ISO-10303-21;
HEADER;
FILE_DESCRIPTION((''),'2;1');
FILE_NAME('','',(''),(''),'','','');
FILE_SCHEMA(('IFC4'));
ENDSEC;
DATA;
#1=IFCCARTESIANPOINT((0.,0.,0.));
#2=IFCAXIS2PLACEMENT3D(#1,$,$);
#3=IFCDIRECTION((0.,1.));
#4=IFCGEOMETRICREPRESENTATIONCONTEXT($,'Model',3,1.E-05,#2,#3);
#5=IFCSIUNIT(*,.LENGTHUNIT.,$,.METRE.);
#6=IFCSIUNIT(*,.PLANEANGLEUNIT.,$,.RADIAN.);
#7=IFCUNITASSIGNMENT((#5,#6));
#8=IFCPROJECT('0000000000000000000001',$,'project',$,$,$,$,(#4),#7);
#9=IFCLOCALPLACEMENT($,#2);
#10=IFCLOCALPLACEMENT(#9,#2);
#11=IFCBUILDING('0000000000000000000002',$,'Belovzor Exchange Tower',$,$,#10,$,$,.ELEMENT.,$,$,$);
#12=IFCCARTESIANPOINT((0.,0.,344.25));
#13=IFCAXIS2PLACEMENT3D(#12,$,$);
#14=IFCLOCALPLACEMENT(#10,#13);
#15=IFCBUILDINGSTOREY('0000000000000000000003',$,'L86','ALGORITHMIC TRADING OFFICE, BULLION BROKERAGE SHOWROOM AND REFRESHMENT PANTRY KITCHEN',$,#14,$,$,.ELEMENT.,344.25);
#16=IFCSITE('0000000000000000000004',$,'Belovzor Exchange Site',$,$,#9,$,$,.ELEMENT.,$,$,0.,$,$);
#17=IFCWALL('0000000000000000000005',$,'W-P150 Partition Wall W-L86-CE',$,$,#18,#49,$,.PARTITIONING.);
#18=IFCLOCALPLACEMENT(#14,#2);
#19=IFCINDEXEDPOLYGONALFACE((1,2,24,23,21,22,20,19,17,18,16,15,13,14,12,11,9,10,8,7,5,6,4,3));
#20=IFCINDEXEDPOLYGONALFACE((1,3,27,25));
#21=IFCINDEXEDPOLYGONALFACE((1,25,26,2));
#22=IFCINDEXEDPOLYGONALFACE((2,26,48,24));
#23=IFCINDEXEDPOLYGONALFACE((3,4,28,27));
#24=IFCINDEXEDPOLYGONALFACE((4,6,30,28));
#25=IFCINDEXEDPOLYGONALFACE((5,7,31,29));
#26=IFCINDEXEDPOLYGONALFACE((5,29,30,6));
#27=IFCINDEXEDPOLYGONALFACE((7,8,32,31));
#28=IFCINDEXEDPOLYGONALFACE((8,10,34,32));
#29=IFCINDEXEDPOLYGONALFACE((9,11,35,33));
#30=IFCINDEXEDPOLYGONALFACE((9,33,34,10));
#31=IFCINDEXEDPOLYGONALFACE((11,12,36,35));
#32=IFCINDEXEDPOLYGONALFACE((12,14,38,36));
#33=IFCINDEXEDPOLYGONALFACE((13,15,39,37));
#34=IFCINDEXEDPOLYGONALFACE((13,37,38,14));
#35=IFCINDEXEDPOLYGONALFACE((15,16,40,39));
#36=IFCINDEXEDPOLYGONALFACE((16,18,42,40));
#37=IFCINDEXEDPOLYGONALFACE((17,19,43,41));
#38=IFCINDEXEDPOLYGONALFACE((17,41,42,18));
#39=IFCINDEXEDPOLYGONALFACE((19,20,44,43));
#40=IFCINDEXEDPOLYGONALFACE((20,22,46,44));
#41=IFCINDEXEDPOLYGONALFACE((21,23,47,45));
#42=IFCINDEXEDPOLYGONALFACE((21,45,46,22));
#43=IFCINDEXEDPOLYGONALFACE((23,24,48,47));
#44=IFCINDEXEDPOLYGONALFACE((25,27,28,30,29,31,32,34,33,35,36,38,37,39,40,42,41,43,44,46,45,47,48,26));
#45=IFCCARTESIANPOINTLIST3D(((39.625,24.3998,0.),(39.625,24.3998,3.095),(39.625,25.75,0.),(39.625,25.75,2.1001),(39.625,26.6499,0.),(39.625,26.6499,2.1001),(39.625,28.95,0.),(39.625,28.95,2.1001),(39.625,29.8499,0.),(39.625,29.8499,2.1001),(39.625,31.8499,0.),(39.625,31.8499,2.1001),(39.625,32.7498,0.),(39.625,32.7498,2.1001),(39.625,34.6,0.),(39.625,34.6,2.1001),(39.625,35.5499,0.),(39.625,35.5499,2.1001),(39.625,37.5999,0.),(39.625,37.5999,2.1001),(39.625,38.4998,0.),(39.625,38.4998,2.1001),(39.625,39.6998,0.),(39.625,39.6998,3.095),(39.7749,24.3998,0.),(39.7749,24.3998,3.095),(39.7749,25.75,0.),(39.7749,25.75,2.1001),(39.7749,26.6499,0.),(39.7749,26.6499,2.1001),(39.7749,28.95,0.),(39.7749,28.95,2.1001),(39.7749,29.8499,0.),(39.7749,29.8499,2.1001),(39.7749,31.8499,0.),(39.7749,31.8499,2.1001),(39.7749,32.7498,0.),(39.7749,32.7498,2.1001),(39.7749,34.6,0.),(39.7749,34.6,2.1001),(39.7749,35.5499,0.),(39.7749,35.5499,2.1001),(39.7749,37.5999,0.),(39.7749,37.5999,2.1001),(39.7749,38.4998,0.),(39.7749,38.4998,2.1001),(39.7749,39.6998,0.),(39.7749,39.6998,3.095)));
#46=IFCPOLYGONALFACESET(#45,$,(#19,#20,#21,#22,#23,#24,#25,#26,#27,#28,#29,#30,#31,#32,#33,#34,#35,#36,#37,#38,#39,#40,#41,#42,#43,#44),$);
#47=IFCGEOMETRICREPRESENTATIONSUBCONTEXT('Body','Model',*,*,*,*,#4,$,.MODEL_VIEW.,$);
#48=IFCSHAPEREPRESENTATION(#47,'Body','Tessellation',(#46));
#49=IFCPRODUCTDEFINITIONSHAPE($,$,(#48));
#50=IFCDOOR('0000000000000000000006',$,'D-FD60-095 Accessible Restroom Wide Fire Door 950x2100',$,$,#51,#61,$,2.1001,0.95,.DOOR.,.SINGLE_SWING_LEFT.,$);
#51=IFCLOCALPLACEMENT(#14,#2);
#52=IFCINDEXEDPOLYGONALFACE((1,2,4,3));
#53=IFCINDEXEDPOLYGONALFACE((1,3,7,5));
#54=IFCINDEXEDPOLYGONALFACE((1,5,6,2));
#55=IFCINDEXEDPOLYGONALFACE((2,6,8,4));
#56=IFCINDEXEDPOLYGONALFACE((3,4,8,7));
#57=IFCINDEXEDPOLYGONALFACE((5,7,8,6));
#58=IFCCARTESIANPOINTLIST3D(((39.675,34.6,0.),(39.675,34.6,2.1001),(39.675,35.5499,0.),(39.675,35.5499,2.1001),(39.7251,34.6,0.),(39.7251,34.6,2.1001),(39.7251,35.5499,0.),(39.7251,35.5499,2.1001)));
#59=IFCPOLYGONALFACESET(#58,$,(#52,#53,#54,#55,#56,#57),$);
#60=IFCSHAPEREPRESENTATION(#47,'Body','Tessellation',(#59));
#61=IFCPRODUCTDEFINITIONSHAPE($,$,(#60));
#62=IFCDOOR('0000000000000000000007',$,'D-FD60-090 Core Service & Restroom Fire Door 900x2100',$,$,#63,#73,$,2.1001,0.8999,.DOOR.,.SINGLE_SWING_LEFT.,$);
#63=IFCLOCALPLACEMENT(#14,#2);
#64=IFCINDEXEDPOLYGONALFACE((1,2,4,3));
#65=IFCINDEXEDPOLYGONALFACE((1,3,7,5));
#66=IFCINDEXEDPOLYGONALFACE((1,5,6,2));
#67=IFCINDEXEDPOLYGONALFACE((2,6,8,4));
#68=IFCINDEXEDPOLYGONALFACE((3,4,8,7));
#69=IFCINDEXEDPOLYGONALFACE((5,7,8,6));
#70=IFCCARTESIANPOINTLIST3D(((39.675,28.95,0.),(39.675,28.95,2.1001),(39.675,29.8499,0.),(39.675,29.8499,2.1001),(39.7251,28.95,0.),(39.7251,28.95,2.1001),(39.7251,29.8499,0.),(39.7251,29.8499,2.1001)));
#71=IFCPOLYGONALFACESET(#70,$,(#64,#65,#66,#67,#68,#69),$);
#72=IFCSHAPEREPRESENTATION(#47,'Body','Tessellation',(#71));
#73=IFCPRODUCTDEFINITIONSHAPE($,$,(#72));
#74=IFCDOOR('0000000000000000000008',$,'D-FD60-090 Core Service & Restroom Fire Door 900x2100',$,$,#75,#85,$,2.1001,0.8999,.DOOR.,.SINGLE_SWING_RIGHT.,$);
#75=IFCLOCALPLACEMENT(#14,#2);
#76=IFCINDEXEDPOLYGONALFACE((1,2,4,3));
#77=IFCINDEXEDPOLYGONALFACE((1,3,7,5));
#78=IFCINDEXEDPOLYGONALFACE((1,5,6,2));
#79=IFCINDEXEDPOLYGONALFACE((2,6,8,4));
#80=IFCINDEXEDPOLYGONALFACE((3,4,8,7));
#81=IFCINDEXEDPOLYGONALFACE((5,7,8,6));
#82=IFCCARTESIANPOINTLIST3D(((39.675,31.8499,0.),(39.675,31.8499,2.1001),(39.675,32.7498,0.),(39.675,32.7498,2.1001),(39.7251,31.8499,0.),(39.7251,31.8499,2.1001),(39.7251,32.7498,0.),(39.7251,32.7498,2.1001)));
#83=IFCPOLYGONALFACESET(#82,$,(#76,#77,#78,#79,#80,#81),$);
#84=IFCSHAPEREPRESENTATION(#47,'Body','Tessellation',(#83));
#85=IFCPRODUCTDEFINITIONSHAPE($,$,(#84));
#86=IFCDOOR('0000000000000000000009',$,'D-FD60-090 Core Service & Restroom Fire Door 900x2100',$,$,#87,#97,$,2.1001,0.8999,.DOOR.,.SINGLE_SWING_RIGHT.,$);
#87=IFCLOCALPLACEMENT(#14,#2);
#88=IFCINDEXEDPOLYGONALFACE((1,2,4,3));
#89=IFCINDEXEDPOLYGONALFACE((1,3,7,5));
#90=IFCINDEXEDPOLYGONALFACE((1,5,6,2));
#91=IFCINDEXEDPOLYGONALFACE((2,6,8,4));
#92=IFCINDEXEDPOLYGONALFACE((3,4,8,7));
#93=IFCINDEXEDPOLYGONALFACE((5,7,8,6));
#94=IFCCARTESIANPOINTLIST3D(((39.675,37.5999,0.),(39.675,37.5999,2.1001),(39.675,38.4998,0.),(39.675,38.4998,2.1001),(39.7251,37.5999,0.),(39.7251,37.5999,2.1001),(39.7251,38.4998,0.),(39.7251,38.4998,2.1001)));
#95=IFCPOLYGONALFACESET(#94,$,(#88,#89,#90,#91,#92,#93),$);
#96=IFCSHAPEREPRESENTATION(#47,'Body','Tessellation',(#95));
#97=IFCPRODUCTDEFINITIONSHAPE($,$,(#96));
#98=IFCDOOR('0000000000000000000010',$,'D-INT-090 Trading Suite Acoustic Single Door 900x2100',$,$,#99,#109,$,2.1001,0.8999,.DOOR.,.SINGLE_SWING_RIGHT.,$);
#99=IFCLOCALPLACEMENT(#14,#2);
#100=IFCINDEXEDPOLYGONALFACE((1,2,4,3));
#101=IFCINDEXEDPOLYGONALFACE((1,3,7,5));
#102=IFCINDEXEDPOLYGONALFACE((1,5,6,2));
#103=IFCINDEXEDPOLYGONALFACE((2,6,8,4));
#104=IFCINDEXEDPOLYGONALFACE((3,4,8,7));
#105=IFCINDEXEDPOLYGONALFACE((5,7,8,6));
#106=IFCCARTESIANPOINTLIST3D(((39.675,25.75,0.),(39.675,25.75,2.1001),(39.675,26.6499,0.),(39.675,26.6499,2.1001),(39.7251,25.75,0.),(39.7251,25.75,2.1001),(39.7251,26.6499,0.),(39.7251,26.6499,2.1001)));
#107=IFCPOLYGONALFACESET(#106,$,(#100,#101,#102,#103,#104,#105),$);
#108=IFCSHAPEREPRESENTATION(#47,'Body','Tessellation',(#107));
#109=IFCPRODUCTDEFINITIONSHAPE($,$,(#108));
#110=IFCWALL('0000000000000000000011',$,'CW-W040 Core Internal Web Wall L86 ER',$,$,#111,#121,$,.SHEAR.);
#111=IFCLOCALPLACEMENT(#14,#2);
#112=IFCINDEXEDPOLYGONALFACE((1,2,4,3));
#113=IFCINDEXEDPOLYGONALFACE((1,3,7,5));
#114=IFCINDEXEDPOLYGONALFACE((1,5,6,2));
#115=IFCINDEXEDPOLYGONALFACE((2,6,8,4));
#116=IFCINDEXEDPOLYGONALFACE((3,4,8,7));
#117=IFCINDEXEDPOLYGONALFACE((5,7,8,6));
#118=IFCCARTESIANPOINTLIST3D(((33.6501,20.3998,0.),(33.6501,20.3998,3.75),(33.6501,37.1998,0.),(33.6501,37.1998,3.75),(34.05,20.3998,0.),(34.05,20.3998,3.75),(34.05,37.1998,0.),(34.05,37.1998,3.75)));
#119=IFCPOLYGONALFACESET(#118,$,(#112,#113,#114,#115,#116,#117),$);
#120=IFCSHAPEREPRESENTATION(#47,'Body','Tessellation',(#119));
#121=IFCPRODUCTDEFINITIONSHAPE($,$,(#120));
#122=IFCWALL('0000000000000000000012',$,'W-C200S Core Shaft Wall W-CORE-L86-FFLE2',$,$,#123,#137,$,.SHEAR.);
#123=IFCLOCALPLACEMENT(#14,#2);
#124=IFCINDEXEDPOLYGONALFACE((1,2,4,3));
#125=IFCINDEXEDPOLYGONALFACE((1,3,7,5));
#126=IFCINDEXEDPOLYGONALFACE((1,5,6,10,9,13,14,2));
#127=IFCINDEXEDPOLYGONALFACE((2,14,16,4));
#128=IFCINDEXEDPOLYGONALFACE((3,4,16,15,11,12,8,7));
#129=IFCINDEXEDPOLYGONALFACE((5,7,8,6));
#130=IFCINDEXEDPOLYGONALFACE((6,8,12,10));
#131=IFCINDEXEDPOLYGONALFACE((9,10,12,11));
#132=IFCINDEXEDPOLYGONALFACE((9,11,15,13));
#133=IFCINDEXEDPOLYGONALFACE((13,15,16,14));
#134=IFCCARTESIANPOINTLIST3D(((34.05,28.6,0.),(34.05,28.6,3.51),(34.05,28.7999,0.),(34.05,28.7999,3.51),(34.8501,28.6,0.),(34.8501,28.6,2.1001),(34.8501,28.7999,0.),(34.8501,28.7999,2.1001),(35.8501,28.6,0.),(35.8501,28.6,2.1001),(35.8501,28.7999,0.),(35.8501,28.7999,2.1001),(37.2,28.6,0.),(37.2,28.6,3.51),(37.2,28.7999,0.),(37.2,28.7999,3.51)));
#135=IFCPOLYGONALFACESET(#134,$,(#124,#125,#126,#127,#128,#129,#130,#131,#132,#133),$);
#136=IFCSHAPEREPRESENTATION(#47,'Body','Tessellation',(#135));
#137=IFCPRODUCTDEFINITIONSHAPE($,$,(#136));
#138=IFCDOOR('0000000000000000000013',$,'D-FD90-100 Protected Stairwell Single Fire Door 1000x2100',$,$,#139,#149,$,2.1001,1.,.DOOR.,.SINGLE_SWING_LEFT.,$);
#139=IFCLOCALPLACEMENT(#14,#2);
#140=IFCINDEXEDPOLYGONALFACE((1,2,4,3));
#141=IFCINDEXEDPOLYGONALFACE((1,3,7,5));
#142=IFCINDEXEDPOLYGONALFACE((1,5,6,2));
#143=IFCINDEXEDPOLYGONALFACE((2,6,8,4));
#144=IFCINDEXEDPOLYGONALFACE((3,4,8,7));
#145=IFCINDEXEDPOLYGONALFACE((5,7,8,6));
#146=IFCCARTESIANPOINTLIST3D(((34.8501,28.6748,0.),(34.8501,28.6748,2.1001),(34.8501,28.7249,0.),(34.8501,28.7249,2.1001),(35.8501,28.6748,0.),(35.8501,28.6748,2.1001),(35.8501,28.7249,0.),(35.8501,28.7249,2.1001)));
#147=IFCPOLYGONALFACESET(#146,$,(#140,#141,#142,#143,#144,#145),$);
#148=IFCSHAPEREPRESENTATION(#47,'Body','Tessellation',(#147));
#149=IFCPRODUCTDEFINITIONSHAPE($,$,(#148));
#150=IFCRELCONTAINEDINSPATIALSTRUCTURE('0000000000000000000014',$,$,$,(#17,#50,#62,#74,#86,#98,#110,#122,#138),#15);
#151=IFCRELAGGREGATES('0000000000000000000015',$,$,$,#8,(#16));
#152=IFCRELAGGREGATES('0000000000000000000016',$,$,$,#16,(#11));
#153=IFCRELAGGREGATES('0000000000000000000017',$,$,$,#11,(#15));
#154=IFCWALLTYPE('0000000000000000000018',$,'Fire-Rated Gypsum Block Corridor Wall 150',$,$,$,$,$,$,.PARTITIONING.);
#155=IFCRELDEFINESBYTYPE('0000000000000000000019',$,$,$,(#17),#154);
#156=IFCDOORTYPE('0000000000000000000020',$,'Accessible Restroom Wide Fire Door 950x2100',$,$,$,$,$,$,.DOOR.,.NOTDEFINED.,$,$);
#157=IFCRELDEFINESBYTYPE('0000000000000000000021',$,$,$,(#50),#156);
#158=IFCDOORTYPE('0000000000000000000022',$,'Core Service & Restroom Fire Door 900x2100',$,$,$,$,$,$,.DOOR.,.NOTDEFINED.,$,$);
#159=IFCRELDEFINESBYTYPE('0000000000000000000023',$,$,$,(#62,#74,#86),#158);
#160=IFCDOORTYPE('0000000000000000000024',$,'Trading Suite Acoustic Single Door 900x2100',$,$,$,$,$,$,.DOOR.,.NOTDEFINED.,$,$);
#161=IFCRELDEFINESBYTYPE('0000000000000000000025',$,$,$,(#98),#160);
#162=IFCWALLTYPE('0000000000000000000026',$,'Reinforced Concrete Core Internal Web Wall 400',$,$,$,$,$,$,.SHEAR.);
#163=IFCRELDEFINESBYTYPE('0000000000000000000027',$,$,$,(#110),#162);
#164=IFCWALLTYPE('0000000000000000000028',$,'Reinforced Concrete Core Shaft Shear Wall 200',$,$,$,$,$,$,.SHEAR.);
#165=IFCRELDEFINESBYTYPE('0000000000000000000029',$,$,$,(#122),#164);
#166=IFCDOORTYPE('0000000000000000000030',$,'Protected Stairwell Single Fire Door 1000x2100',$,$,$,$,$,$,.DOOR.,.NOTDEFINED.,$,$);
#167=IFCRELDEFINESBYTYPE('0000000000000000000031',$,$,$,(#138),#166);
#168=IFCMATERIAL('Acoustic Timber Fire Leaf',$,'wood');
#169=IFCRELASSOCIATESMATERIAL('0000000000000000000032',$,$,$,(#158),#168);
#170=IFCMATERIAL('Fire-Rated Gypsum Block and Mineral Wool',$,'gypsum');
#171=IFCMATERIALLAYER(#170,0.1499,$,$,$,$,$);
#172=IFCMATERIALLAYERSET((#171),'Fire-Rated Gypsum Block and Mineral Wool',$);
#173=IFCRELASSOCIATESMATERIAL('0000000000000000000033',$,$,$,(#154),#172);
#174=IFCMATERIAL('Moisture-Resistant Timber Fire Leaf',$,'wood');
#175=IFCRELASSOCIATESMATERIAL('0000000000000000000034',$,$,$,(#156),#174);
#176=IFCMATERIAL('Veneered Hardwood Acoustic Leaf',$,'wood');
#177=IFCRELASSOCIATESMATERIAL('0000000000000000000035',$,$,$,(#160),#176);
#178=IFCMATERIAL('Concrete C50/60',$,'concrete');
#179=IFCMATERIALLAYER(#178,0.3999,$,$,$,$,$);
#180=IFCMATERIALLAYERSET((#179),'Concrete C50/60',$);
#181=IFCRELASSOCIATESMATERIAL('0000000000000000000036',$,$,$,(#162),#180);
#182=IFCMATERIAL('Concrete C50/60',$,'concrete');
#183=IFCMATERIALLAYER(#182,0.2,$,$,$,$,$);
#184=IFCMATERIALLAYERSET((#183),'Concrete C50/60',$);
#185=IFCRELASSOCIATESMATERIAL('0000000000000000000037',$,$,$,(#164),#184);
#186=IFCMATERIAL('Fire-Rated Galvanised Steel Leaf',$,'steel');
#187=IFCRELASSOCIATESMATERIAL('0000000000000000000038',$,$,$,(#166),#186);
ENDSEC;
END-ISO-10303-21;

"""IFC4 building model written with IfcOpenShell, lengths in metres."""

from ifc_helpers import new_model, si_unit, direction, frame, frame_2d, origin, place, context, subcontext, project, spatial, rectangle, extrude, material, layer, layer_set, type_object, element, fill, save


model = new_model("IFC4")

# Units and contexts
model_context = context("Model", 3, precision=1e-05, world=origin(), true_north=direction((0.0, 1.0)))
body_context = subcontext(model_context, "Body", "Model", "MODEL_VIEW")
ifc_project = project(units=[si_unit("LENGTHUNIT", "METRE"), si_unit("PLANEANGLEUNIT", "RADIAN")], contexts=[model_context])

# Site, building, storey
site_placement = place(None, origin())
site = spatial("IfcSite", under=ifc_project, at=site_placement, Name="Belovzor Exchange Site", CompositionType="ELEMENT", RefElevation=0.0)
building_placement = place(site_placement, origin())
building = spatial("IfcBuilding", under=site, at=building_placement, Name="Belovzor Exchange Tower", CompositionType="ELEMENT")
storey_placement = place(building_placement, frame((0.0, 0.0, 344.25)))
storey = spatial("IfcBuildingStorey", under=building, at=storey_placement, Name="L86", Description="ALGORITHMIC TRADING OFFICE, BULLION BROKERAGE SHOWROOM AND REFRESHMENT PANTRY KITCHEN", CompositionType="ELEMENT", Elevation=344.25)

# Shared definitions
ifc_material_1 = material(Name="Acoustic Timber Fire Leaf", Category="wood")
door_type_1 = type_object("IfcDoorType", Name="Core Service & Restroom Fire Door 900x2100", OperationType="NOTDEFINED", PredefinedType="DOOR", material=ifc_material_1)

# Shared definitions
ifc_material_2 = material(Name="Fire-Rated Gypsum Block and Mineral Wool", Category="gypsum")
ifc_layer_1 = layer(ifc_material_2, 0.1499)
ifc_layer_set_1 = layer_set([ifc_layer_1], Name="Fire-Rated Gypsum Block and Mineral Wool")
wall_type_1 = type_object("IfcWallType", Name="Fire-Rated Gypsum Block Corridor Wall 150", PredefinedType="PARTITIONING", material=ifc_layer_set_1)

# Wall, openings, doors
wall_1_placement = place(storey_placement, frame((39.7, 24.3999, 0.0), z_axis=(0.0, 0.0, 1.0), x_axis=(0.0, 1.0, 0.0)))
wall_1 = element("IfcWall", 1, at=wall_1_placement, inside=storey, type_object=wall_type_1, Name="W-P150 Partition Wall W-L86-CE", PredefinedType="PARTITIONING", context=body_context, shape_type="SweptSolid", body=[
    extrude(rectangle(XDim=15.3, YDim=0.1499, at=frame_2d((7.6499, 0.0))), origin(), (0.0, 0.0, 1.0), 3.095),
])
opening_1_placement = place(wall_1_placement, frame((1.3501, 0.0, 0.0)))
opening_1 = element("IfcOpeningElement", 2, at=opening_1_placement, cuts=wall_1, PredefinedType="OPENING", context=body_context, shape_type="SweptSolid", body=[
    extrude(rectangle(XDim=0.8999, YDim=2.1001, at=frame_2d((0.45, 1.05))), frame((0.0, 0.085, 0.0), z_axis=(0.0, -1.0, 0.0), x_axis=(1.0, 0.0, 0.0)), (0.0, 0.0, 1.0), 0.1699),
])
opening_2_placement = place(wall_1_placement, frame((4.55, 0.0, 0.0)))
opening_2 = element("IfcOpeningElement", 3, at=opening_2_placement, cuts=wall_1, PredefinedType="OPENING", context=body_context, shape_type="SweptSolid", body=[
    extrude(rectangle(XDim=0.8999, YDim=2.1001, at=frame_2d((0.45, 1.05))), frame((0.0, 0.085, 0.0), z_axis=(0.0, -1.0, 0.0), x_axis=(1.0, 0.0, 0.0)), (0.0, 0.0, 1.0), 0.1699),
])
opening_3_placement = place(wall_1_placement, frame((7.45, 0.0, 0.0)))
opening_3 = element("IfcOpeningElement", 4, at=opening_3_placement, cuts=wall_1, PredefinedType="OPENING", context=body_context, shape_type="SweptSolid", body=[
    extrude(rectangle(XDim=0.8999, YDim=2.1001, at=frame_2d((0.45, 1.05))), frame((0.0, 0.085, 0.0), z_axis=(0.0, -1.0, 0.0), x_axis=(1.0, 0.0, 0.0)), (0.0, 0.0, 1.0), 0.1699),
])
opening_4_placement = place(wall_1_placement, frame((10.2, 0.0, 0.0)))
opening_4 = element("IfcOpeningElement", 5, at=opening_4_placement, cuts=wall_1, PredefinedType="OPENING", context=body_context, shape_type="SweptSolid", body=[
    extrude(rectangle(XDim=0.95, YDim=2.1001, at=frame_2d((0.4751, 1.05))), frame((0.0, 0.085, 0.0), z_axis=(0.0, -1.0, 0.0), x_axis=(1.0, 0.0, 0.0)), (0.0, 0.0, 1.0), 0.1699),
])
opening_5_placement = place(wall_1_placement, frame((13.2, 0.0, 0.0)))
opening_5 = element("IfcOpeningElement", 6, at=opening_5_placement, cuts=wall_1, PredefinedType="OPENING", context=body_context, shape_type="SweptSolid", body=[
    extrude(rectangle(XDim=0.8999, YDim=2.1001, at=frame_2d((0.45, 1.05))), frame((0.0, 0.085, 0.0), z_axis=(0.0, -1.0, 0.0), x_axis=(1.0, 0.0, 0.0)), (0.0, 0.0, 1.0), 0.1699),
])
ifc_material_3 = material(Name="Moisture-Resistant Timber Fire Leaf", Category="wood")
door_type_2 = type_object("IfcDoorType", Name="Accessible Restroom Wide Fire Door 950x2100", OperationType="NOTDEFINED", PredefinedType="DOOR", material=ifc_material_3)
door_1_placement = place(opening_4_placement, origin())
door_1 = element("IfcDoor", 7, at=door_1_placement, inside=storey, type_object=door_type_2, Name="D-FD60-095 Accessible Restroom Wide Fire Door 950x2100", OperationType="SINGLE_SWING_LEFT", OverallHeight=2.1001, OverallWidth=0.95, PredefinedType="DOOR", context=body_context, shape_type="SweptSolid", body=[
    extrude(rectangle(XDim=0.95, YDim=2.1001, at=frame_2d((0.4751, 1.05))), frame((0.0, 0.0249, 0.0), z_axis=(0.0, -1.0, 0.0), x_axis=(1.0, 0.0, 0.0)), (0.0, 0.0, 1.0), 0.05),
])
fill(opening_4, door_1)
door_2_placement = place(opening_2_placement, origin())
door_2 = element("IfcDoor", 8, at=door_2_placement, inside=storey, type_object=door_type_1, Name="D-FD60-090 Core Service & Restroom Fire Door 900x2100", OperationType="SINGLE_SWING_LEFT", OverallHeight=2.1001, OverallWidth=0.8999, PredefinedType="DOOR", context=body_context, shape_type="SweptSolid", body=[
    extrude(rectangle(XDim=0.8999, YDim=2.1001, at=frame_2d((0.45, 1.05))), frame((0.0, 0.0249, 0.0), z_axis=(0.0, -1.0, 0.0), x_axis=(1.0, 0.0, 0.0)), (0.0, 0.0, 1.0), 0.05),
])
fill(opening_2, door_2)
door_3_placement = place(opening_3_placement, origin())
door_3 = element("IfcDoor", 9, at=door_3_placement, inside=storey, type_object=door_type_1, Name="D-FD60-090 Core Service & Restroom Fire Door 900x2100", OperationType="SINGLE_SWING_RIGHT", OverallHeight=2.1001, OverallWidth=0.8999, PredefinedType="DOOR", context=body_context, shape_type="SweptSolid", body=[
    extrude(rectangle(XDim=0.8999, YDim=2.1001, at=frame_2d((0.45, 1.05))), frame((0.0, 0.0249, 0.0), z_axis=(0.0, -1.0, 0.0), x_axis=(1.0, 0.0, 0.0)), (0.0, 0.0, 1.0), 0.05),
])
fill(opening_3, door_3)
door_4_placement = place(opening_5_placement, origin())
door_4 = element("IfcDoor", 10, at=door_4_placement, inside=storey, type_object=door_type_1, Name="D-FD60-090 Core Service & Restroom Fire Door 900x2100", OperationType="SINGLE_SWING_RIGHT", OverallHeight=2.1001, OverallWidth=0.8999, PredefinedType="DOOR", context=body_context, shape_type="SweptSolid", body=[
    extrude(rectangle(XDim=0.8999, YDim=2.1001, at=frame_2d((0.45, 1.05))), frame((0.0, 0.0249, 0.0), z_axis=(0.0, -1.0, 0.0), x_axis=(1.0, 0.0, 0.0)), (0.0, 0.0, 1.0), 0.05),
])
fill(opening_5, door_4)
ifc_material_4 = material(Name="Veneered Hardwood Acoustic Leaf", Category="wood")
door_type_3 = type_object("IfcDoorType", Name="Trading Suite Acoustic Single Door 900x2100", OperationType="NOTDEFINED", PredefinedType="DOOR", material=ifc_material_4)
door_5_placement = place(opening_1_placement, origin())
door_5 = element("IfcDoor", 11, at=door_5_placement, inside=storey, type_object=door_type_3, Name="D-INT-090 Trading Suite Acoustic Single Door 900x2100", OperationType="SINGLE_SWING_RIGHT", OverallHeight=2.1001, OverallWidth=0.8999, PredefinedType="DOOR", context=body_context, shape_type="SweptSolid", body=[
    extrude(rectangle(XDim=0.8999, YDim=2.1001, at=frame_2d((0.45, 1.05))), frame((0.0, 0.0249, 0.0), z_axis=(0.0, -1.0, 0.0), x_axis=(1.0, 0.0, 0.0)), (0.0, 0.0, 1.0), 0.05),
])
fill(opening_1, door_5)

# Wall
ifc_material_5 = material(Name="Concrete C50/60", Category="concrete")
ifc_layer_2 = layer(ifc_material_5, 0.3999)
ifc_layer_set_2 = layer_set([ifc_layer_2], Name="Concrete C50/60")
wall_type_2 = type_object("IfcWallType", Name="Reinforced Concrete Core Internal Web Wall 400", PredefinedType="SHEAR", material=ifc_layer_set_2)
wall_2_placement = place(storey_placement, frame((33.8501, 20.3999, 0.0), z_axis=(0.0, 0.0, 1.0), x_axis=(0.0, 1.0, 0.0)))
element("IfcWall", 12, at=wall_2_placement, inside=storey, type_object=wall_type_2, Name="CW-W040 Core Internal Web Wall L86 ER", PredefinedType="SHEAR", context=body_context, shape_type="SweptSolid", body=[
    extrude(rectangle(XDim=16.8, YDim=0.3999, at=frame_2d((8.3999, 0.0))), origin(), (0.0, 0.0, 1.0), 3.75),
])

# Wall, opening, door
ifc_material_6 = material(Name="Concrete C50/60", Category="concrete")
ifc_layer_3 = layer(ifc_material_6, 0.2)
ifc_layer_set_3 = layer_set([ifc_layer_3], Name="Concrete C50/60")
wall_type_3 = type_object("IfcWallType", Name="Reinforced Concrete Core Shaft Shear Wall 200", PredefinedType="SHEAR", material=ifc_layer_set_3)
wall_3_placement = place(storey_placement, frame((34.05, 28.7, 0.0), z_axis=(0.0, 0.0, 1.0), x_axis=(1.0, 0.0, 0.0)))
wall_3 = element("IfcWall", 13, at=wall_3_placement, inside=storey, type_object=wall_type_3, Name="W-C200S Core Shaft Wall W-CORE-L86-FFLE2", PredefinedType="SHEAR", context=body_context, shape_type="SweptSolid", body=[
    extrude(rectangle(XDim=3.1499, YDim=0.2, at=frame_2d((1.575, 0.0))), origin(), (0.0, 0.0, 1.0), 3.51),
])
opening_6_placement = place(wall_3_placement, frame((0.8, 0.0, 0.0)))
opening_6 = element("IfcOpeningElement", 14, at=opening_6_placement, cuts=wall_3, PredefinedType="OPENING", context=body_context, shape_type="SweptSolid", body=[
    extrude(rectangle(XDim=1.0, YDim=2.1001, at=frame_2d((0.5, 1.05))), frame((0.0, 0.1099, 0.0), z_axis=(0.0, -1.0, 0.0), x_axis=(1.0, 0.0, 0.0)), (0.0, 0.0, 1.0), 0.22),
])
ifc_material_7 = material(Name="Fire-Rated Galvanised Steel Leaf", Category="steel")
door_type_4 = type_object("IfcDoorType", Name="Protected Stairwell Single Fire Door 1000x2100", OperationType="NOTDEFINED", PredefinedType="DOOR", material=ifc_material_7)
door_6_placement = place(opening_6_placement, origin())
door_6 = element("IfcDoor", 15, at=door_6_placement, inside=storey, type_object=door_type_4, Name="D-FD90-100 Protected Stairwell Single Fire Door 1000x2100", OperationType="SINGLE_SWING_LEFT", OverallHeight=2.1001, OverallWidth=1.0, PredefinedType="DOOR", context=body_context, shape_type="SweptSolid", body=[
    extrude(rectangle(XDim=1.0, YDim=2.1001, at=frame_2d((0.5, 1.05))), frame((0.0, 0.0249, 0.0), z_axis=(0.0, -1.0, 0.0), x_axis=(1.0, 0.0, 0.0)), (0.0, 0.0, 1.0), 0.05),
])
fill(opening_6, door_6)

save(model, "model.ifc")
